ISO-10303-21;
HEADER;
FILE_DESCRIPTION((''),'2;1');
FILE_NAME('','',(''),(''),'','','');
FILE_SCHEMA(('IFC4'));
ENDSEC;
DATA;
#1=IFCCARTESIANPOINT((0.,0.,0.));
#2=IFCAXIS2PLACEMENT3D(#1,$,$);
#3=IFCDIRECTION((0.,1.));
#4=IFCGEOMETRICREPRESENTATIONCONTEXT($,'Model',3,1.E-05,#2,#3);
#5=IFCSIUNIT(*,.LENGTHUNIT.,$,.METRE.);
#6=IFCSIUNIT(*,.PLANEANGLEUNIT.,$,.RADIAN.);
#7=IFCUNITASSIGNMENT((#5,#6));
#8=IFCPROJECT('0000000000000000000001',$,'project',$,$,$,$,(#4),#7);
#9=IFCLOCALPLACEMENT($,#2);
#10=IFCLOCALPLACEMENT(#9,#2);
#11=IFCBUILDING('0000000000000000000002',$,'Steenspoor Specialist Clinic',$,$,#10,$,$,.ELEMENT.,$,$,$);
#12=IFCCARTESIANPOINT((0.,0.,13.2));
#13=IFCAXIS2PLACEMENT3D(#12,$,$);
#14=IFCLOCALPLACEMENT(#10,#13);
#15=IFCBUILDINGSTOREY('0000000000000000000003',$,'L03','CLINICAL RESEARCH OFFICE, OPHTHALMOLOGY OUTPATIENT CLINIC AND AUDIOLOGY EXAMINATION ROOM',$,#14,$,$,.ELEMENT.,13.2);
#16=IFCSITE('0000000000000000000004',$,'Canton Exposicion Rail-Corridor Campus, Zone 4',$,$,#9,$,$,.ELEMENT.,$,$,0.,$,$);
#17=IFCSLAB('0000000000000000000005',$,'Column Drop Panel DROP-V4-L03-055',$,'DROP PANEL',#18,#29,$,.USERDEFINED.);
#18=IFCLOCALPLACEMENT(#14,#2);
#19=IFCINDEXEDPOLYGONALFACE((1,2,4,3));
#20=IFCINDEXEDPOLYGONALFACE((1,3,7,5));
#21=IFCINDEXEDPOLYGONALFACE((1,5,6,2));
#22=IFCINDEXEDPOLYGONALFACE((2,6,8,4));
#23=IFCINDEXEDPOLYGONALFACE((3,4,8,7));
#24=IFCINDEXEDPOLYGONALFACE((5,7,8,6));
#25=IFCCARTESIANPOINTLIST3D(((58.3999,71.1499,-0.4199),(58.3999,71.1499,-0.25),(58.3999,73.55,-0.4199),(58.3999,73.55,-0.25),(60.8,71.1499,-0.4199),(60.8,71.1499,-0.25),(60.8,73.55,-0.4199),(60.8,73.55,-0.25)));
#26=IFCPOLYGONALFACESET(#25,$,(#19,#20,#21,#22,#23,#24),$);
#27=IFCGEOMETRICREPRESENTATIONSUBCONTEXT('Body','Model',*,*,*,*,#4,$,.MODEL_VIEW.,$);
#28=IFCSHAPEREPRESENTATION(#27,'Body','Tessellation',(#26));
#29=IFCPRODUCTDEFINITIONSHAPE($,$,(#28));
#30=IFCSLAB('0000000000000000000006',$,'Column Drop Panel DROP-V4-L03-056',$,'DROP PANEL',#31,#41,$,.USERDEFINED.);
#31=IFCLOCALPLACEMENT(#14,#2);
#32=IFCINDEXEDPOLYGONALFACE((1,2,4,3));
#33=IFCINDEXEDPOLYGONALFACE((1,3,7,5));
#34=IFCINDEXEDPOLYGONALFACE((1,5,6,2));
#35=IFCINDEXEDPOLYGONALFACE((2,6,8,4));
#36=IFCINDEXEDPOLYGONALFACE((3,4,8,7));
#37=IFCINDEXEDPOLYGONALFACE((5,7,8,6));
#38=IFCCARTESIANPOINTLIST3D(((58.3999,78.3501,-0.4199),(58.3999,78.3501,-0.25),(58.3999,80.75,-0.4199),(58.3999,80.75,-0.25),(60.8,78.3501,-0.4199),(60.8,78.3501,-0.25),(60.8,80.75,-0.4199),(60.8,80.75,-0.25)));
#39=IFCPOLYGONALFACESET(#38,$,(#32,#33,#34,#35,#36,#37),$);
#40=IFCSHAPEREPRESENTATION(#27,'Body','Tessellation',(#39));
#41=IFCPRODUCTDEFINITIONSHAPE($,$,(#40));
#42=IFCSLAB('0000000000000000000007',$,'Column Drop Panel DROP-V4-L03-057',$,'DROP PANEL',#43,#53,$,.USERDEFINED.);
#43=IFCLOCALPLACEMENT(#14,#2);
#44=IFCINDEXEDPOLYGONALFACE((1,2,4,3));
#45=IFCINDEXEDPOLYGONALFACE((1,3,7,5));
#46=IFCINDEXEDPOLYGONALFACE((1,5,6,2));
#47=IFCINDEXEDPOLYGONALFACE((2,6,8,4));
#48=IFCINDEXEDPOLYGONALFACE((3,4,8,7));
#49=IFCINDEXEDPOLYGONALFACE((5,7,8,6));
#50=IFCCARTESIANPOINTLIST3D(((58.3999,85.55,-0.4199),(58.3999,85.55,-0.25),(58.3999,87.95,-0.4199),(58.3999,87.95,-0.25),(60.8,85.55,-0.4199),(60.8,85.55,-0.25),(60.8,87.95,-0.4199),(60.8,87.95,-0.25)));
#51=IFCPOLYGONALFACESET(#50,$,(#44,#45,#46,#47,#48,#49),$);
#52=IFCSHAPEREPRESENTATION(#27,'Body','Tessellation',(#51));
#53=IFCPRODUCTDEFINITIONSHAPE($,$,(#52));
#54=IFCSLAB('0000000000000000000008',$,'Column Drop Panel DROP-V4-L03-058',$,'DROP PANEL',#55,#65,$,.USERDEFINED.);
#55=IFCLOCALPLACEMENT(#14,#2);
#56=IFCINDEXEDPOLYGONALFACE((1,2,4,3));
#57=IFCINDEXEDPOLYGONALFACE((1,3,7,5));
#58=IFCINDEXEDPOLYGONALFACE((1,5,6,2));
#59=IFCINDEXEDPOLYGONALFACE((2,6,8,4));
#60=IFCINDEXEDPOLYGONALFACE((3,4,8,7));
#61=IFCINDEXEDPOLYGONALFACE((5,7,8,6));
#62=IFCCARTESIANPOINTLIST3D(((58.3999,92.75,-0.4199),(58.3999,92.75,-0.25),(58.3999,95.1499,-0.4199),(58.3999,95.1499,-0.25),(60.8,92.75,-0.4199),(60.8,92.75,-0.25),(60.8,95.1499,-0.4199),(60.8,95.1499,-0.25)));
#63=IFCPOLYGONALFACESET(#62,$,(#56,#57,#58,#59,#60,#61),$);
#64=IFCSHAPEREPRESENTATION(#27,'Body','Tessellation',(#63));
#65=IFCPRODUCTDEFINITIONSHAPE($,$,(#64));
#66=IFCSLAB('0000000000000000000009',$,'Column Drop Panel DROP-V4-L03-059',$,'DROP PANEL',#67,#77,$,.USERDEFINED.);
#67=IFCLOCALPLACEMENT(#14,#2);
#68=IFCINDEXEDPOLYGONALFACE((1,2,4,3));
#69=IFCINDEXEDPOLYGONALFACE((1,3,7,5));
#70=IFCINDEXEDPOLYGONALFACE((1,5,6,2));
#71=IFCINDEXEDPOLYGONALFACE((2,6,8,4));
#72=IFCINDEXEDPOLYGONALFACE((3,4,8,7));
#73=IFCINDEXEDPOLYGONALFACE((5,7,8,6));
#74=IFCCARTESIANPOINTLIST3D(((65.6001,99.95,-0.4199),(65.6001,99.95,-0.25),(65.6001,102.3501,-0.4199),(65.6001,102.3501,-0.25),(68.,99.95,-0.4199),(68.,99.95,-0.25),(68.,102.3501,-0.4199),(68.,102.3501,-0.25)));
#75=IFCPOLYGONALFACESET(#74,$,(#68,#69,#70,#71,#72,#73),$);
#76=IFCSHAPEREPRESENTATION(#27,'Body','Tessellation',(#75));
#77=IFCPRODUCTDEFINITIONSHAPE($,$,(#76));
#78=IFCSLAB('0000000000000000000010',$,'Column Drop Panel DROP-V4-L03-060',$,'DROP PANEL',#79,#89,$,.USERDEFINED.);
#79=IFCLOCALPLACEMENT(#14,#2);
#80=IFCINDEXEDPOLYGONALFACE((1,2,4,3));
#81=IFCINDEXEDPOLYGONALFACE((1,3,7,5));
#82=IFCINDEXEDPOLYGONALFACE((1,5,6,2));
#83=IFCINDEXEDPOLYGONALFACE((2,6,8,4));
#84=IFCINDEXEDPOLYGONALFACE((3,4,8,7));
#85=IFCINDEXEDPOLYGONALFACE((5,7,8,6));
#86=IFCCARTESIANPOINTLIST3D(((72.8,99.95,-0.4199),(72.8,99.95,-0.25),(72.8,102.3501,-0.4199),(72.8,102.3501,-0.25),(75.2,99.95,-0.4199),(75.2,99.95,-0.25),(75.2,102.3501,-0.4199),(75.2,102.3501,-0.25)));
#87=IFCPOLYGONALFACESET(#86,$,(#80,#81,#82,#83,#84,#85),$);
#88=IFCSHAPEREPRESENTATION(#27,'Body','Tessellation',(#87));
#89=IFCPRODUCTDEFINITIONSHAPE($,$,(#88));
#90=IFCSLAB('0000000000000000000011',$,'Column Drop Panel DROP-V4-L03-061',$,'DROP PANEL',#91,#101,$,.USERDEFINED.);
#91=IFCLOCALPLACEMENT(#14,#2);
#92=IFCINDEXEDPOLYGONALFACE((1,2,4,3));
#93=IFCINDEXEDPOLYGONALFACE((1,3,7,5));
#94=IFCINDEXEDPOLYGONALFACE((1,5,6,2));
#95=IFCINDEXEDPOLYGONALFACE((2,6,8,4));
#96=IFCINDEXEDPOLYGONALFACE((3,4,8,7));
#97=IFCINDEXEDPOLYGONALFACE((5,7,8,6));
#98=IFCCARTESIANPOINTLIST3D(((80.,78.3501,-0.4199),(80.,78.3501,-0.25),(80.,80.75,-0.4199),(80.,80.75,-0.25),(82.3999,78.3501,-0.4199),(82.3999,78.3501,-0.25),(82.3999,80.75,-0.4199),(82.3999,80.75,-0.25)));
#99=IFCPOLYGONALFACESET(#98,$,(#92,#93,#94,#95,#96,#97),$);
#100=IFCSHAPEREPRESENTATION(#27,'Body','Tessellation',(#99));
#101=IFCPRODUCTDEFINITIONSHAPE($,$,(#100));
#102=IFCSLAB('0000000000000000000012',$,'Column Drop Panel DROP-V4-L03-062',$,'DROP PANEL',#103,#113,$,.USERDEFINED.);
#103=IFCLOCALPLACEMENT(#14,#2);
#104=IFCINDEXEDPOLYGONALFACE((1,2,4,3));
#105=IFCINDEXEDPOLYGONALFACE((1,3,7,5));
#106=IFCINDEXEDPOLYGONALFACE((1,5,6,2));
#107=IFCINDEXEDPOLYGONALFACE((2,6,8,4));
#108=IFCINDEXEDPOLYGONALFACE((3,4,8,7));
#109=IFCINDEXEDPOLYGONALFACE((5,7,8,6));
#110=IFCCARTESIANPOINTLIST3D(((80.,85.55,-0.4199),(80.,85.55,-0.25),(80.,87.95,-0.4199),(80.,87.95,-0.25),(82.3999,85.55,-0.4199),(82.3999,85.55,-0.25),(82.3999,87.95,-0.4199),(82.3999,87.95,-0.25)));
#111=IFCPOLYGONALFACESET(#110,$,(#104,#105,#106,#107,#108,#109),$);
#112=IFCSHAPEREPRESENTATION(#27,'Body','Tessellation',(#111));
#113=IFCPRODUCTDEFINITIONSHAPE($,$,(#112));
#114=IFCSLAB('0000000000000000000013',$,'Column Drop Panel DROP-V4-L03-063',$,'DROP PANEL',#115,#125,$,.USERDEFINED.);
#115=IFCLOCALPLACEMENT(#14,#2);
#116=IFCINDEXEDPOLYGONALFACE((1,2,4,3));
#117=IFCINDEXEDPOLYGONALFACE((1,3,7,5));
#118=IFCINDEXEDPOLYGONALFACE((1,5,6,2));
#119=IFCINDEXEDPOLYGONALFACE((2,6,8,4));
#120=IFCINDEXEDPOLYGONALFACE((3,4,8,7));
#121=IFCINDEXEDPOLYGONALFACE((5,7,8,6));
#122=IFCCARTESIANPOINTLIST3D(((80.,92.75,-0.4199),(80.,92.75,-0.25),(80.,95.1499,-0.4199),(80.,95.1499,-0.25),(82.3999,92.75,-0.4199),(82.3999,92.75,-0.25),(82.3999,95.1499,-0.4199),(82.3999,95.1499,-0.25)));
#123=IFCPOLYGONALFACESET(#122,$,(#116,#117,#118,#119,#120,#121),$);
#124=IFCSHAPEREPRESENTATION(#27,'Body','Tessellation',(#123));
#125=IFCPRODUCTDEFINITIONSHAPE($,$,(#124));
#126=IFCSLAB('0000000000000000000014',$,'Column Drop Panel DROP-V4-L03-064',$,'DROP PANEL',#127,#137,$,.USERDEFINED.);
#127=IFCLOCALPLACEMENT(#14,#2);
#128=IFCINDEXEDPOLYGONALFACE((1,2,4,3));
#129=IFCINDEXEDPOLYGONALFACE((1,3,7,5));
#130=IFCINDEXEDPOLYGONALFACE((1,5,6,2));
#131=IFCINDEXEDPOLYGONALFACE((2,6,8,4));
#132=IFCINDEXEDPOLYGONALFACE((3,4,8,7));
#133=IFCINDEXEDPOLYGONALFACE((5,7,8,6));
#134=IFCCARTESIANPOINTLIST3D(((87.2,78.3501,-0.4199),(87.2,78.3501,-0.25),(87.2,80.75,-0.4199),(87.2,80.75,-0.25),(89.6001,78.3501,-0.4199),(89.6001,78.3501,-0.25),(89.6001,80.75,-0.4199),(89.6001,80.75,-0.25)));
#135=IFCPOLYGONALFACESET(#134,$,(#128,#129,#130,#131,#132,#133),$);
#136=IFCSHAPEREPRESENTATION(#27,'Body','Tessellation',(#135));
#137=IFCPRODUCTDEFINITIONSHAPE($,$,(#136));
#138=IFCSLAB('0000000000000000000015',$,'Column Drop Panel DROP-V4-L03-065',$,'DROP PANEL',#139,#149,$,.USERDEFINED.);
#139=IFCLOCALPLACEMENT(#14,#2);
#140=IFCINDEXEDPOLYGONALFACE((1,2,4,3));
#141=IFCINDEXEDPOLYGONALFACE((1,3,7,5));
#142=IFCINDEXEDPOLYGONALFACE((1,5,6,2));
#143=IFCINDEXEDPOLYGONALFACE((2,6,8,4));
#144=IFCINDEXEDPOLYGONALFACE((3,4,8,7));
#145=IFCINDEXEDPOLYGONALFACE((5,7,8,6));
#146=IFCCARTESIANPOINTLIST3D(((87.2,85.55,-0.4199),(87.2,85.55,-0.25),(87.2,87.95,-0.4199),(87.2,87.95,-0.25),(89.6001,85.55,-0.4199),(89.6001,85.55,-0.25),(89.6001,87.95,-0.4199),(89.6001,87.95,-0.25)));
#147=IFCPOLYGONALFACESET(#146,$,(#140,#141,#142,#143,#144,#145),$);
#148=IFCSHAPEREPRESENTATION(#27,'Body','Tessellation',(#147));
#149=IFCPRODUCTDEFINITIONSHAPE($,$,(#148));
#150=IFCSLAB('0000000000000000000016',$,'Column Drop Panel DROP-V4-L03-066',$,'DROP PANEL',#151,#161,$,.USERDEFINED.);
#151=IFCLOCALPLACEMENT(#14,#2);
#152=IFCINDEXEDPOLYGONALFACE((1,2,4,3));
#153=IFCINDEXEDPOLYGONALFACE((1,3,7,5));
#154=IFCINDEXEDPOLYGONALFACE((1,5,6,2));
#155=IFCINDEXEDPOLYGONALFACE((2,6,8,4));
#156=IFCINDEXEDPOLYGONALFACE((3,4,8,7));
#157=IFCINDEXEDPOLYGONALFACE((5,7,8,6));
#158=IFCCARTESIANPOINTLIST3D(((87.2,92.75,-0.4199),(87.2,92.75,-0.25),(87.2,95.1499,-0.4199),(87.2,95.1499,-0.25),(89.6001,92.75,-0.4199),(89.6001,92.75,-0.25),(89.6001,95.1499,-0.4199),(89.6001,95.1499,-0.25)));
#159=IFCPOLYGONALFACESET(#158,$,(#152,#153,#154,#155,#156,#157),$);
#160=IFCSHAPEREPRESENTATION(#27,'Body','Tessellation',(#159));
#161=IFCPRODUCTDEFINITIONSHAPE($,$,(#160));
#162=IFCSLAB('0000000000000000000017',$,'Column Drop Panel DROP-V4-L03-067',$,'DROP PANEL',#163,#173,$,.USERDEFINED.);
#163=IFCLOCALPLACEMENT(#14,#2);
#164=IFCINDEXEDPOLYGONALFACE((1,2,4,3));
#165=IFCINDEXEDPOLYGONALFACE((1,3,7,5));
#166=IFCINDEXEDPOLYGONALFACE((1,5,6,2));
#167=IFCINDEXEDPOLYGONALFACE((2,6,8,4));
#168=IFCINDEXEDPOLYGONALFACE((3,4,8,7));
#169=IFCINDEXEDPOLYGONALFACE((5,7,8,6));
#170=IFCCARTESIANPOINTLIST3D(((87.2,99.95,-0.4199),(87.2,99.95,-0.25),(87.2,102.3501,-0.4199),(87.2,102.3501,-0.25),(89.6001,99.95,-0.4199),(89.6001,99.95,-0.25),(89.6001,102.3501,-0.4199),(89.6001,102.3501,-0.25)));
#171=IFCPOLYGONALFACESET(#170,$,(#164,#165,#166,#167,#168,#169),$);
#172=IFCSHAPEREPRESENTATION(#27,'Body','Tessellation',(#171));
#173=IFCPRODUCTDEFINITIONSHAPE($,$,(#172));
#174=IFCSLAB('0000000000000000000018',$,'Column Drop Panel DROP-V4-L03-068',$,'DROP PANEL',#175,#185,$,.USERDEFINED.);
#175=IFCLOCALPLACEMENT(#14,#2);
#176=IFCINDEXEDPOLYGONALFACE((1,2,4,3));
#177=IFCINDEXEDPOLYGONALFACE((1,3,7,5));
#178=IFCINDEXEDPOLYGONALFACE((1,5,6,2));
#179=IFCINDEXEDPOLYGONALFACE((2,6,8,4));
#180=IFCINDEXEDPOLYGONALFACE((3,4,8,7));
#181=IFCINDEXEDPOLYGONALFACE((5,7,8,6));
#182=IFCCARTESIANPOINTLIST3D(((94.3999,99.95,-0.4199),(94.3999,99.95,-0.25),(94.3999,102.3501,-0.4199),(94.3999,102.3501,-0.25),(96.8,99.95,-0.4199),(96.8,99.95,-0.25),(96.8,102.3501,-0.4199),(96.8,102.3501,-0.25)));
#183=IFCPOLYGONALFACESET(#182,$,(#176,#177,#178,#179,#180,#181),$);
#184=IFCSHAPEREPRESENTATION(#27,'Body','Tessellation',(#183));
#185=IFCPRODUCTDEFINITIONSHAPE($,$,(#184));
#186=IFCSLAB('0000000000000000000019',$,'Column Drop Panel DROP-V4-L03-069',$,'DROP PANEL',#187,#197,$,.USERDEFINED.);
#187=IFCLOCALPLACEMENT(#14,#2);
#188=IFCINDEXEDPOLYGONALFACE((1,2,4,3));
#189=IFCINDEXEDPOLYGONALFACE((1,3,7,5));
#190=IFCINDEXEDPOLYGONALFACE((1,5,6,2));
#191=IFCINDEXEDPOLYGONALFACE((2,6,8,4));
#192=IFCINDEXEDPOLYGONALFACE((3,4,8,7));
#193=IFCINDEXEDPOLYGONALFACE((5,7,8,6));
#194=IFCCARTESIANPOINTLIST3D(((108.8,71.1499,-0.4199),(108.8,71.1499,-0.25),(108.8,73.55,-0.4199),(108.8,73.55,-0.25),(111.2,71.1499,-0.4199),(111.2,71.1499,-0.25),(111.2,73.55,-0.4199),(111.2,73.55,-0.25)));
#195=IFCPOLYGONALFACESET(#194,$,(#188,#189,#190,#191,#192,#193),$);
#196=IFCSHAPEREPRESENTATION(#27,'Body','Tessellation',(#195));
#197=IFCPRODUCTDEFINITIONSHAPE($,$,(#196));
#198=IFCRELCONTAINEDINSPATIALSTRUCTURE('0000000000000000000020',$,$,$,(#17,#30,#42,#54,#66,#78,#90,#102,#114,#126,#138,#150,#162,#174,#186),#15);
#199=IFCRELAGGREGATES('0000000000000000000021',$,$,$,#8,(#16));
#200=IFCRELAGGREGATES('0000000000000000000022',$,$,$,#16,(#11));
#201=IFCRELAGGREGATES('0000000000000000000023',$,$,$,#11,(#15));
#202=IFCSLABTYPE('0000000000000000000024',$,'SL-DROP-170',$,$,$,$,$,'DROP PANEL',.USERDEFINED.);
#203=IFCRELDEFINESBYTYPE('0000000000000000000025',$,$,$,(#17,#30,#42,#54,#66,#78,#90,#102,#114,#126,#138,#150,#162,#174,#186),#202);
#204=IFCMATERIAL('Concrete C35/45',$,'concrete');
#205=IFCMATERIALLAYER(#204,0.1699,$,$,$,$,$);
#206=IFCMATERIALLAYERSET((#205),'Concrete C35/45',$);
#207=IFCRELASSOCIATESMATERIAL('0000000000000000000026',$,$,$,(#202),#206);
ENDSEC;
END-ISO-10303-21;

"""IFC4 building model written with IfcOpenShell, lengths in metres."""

from ifc_helpers import new_model, si_unit, direction, frame, origin, place, context, subcontext, project, spatial, polyline, outline, extrude, material, layer, layer_set, type_object, element, save


model = new_model("IFC4")

# Units and contexts
model_context = context("Model", 3, precision=1e-05, world=origin(), true_north=direction((0.0, 1.0)))
body_context = subcontext(model_context, "Body", "Model", "MODEL_VIEW")
ifc_project = project(units=[si_unit("LENGTHUNIT", "METRE"), si_unit("PLANEANGLEUNIT", "RADIAN")], contexts=[model_context])

# Site, building, storey
site_placement = place(None, origin())
site = spatial("IfcSite", under=ifc_project, at=site_placement, Name="Canton Exposicion Rail-Corridor Campus, Zone 4", CompositionType="ELEMENT", RefElevation=0.0)
building_placement = place(site_placement, origin())
building = spatial("IfcBuilding", under=site, at=building_placement, Name="Steenspoor Specialist Clinic", CompositionType="ELEMENT")
storey_placement = place(building_placement, frame((0.0, 0.0, 13.2)))
storey = spatial("IfcBuildingStorey", under=building, at=storey_placement, Name="L03", Description="CLINICAL RESEARCH OFFICE, OPHTHALMOLOGY OUTPATIENT CLINIC AND AUDIOLOGY EXAMINATION ROOM", CompositionType="ELEMENT", Elevation=13.2)

# Slabs
ifc_material = material(Name="Concrete C35/45", Category="concrete")
ifc_layer = layer(ifc_material, 0.1699)
ifc_layer_set = layer_set([ifc_layer], Name="Concrete C35/45")
slab_type = type_object("IfcSlabType", Name="SL-DROP-170", ElementType="DROP PANEL", PredefinedType="USERDEFINED", material=ifc_layer_set)
slab_1_placement = place(storey_placement, frame((0.0, 0.0, -0.4199)))
element("IfcSlab", 1, at=slab_1_placement, inside=storey, type_object=slab_type, Name="Column Drop Panel DROP-V4-L03-055", ObjectType="DROP PANEL", PredefinedType="USERDEFINED", context=body_context, shape_type="SweptSolid", body=[
    extrude(outline(polyline([(60.8, 71.1499), (60.8, 73.55), (58.3999, 73.55), (58.3999, 71.1499), (60.8, 71.1499)])), origin(), (0.0, 0.0, 1.0), 0.1699),
])
slab_2_placement = place(storey_placement, frame((0.0, 0.0, -0.4199)))
element("IfcSlab", 2, at=slab_2_placement, inside=storey, type_object=slab_type, Name="Column Drop Panel DROP-V4-L03-056", ObjectType="DROP PANEL", PredefinedType="USERDEFINED", context=body_context, shape_type="SweptSolid", body=[
    extrude(outline(polyline([(60.8, 78.3501), (60.8, 80.75), (58.3999, 80.75), (58.3999, 78.3501), (60.8, 78.3501)])), origin(), (0.0, 0.0, 1.0), 0.1699),
])
slab_3_placement = place(storey_placement, frame((0.0, 0.0, -0.4199)))
element("IfcSlab", 3, at=slab_3_placement, inside=storey, type_object=slab_type, Name="Column Drop Panel DROP-V4-L03-057", ObjectType="DROP PANEL", PredefinedType="USERDEFINED", context=body_context, shape_type="SweptSolid", body=[
    extrude(outline(polyline([(60.8, 85.55), (60.8, 87.95), (58.3999, 87.95), (58.3999, 85.55), (60.8, 85.55)])), origin(), (0.0, 0.0, 1.0), 0.1699),
])
slab_4_placement = place(storey_placement, frame((0.0, 0.0, -0.4199)))
element("IfcSlab", 4, at=slab_4_placement, inside=storey, type_object=slab_type, Name="Column Drop Panel DROP-V4-L03-058", ObjectType="DROP PANEL", PredefinedType="USERDEFINED", context=body_context, shape_type="SweptSolid", body=[
    extrude(outline(polyline([(60.8, 92.75), (60.8, 95.1499), (58.3999, 95.1499), (58.3999, 92.75), (60.8, 92.75)])), origin(), (0.0, 0.0, 1.0), 0.1699),
])
slab_5_placement = place(storey_placement, frame((0.0, 0.0, -0.4199)))
element("IfcSlab", 5, at=slab_5_placement, inside=storey, type_object=slab_type, Name="Column Drop Panel DROP-V4-L03-059", ObjectType="DROP PANEL", PredefinedType="USERDEFINED", context=body_context, shape_type="SweptSolid", body=[
    extrude(outline(polyline([(68.0, 99.95), (68.0, 102.3501), (65.6001, 102.3501), (65.6001, 99.95), (68.0, 99.95)])), origin(), (0.0, 0.0, 1.0), 0.1699),
])
slab_6_placement = place(storey_placement, frame((0.0, 0.0, -0.4199)))
element("IfcSlab", 6, at=slab_6_placement, inside=storey, type_object=slab_type, Name="Column Drop Panel DROP-V4-L03-060", ObjectType="DROP PANEL", PredefinedType="USERDEFINED", context=body_context, shape_type="SweptSolid", body=[
    extrude(outline(polyline([(75.2, 99.95), (75.2, 102.3501), (72.8, 102.3501), (72.8, 99.95), (75.2, 99.95)])), origin(), (0.0, 0.0, 1.0), 0.1699),
])
slab_7_placement = place(storey_placement, frame((0.0, 0.0, -0.4199)))
element("IfcSlab", 7, at=slab_7_placement, inside=storey, type_object=slab_type, Name="Column Drop Panel DROP-V4-L03-061", ObjectType="DROP PANEL", PredefinedType="USERDEFINED", context=body_context, shape_type="SweptSolid", body=[
    extrude(outline(polyline([(82.3999, 78.3501), (82.3999, 80.75), (80.0, 80.75), (80.0, 78.3501), (82.3999, 78.3501)])), origin(), (0.0, 0.0, 1.0), 0.1699),
])
slab_8_placement = place(storey_placement, frame((0.0, 0.0, -0.4199)))
element("IfcSlab", 8, at=slab_8_placement, inside=storey, type_object=slab_type, Name="Column Drop Panel DROP-V4-L03-062", ObjectType="DROP PANEL", PredefinedType="USERDEFINED", context=body_context, shape_type="SweptSolid", body=[
    extrude(outline(polyline([(82.3999, 85.55), (82.3999, 87.95), (80.0, 87.95), (80.0, 85.55), (82.3999, 85.55)])), origin(), (0.0, 0.0, 1.0), 0.1699),
])
slab_9_placement = place(storey_placement, frame((0.0, 0.0, -0.4199)))
element("IfcSlab", 9, at=slab_9_placement, inside=storey, type_object=slab_type, Name="Column Drop Panel DROP-V4-L03-063", ObjectType="DROP PANEL", PredefinedType="USERDEFINED", context=body_context, shape_type="SweptSolid", body=[
    extrude(outline(polyline([(82.3999, 92.75), (82.3999, 95.1499), (80.0, 95.1499), (80.0, 92.75), (82.3999, 92.75)])), origin(), (0.0, 0.0, 1.0), 0.1699),
])
slab_10_placement = place(storey_placement, frame((0.0, 0.0, -0.4199)))
element("IfcSlab", 10, at=slab_10_placement, inside=storey, type_object=slab_type, Name="Column Drop Panel DROP-V4-L03-064", ObjectType="DROP PANEL", PredefinedType="USERDEFINED", context=body_context, shape_type="SweptSolid", body=[
    extrude(outline(polyline([(89.6001, 78.3501), (89.6001, 80.75), (87.2, 80.75), (87.2, 78.3501), (89.6001, 78.3501)])), origin(), (0.0, 0.0, 1.0), 0.1699),
])
slab_11_placement = place(storey_placement, frame((0.0, 0.0, -0.4199)))
element("IfcSlab", 11, at=slab_11_placement, inside=storey, type_object=slab_type, Name="Column Drop Panel DROP-V4-L03-065", ObjectType="DROP PANEL", PredefinedType="USERDEFINED", context=body_context, shape_type="SweptSolid", body=[
    extrude(outline(polyline([(89.6001, 85.55), (89.6001, 87.95), (87.2, 87.95), (87.2, 85.55), (89.6001, 85.55)])), origin(), (0.0, 0.0, 1.0), 0.1699),
])
slab_12_placement = place(storey_placement, frame((0.0, 0.0, -0.4199)))
element("IfcSlab", 12, at=slab_12_placement, inside=storey, type_object=slab_type, Name="Column Drop Panel DROP-V4-L03-066", ObjectType="DROP PANEL", PredefinedType="USERDEFINED", context=body_context, shape_type="SweptSolid", body=[
    extrude(outline(polyline([(89.6001, 92.75), (89.6001, 95.1499), (87.2, 95.1499), (87.2, 92.75), (89.6001, 92.75)])), origin(), (0.0, 0.0, 1.0), 0.1699),
])
slab_13_placement = place(storey_placement, frame((0.0, 0.0, -0.4199)))
element("IfcSlab", 13, at=slab_13_placement, inside=storey, type_object=slab_type, Name="Column Drop Panel DROP-V4-L03-067", ObjectType="DROP PANEL", PredefinedType="USERDEFINED", context=body_context, shape_type="SweptSolid", body=[
    extrude(outline(polyline([(89.6001, 99.95), (89.6001, 102.3501), (87.2, 102.3501), (87.2, 99.95), (89.6001, 99.95)])), origin(), (0.0, 0.0, 1.0), 0.1699),
])
slab_14_placement = place(storey_placement, frame((0.0, 0.0, -0.4199)))
element("IfcSlab", 14, at=slab_14_placement, inside=storey, type_object=slab_type, Name="Column Drop Panel DROP-V4-L03-068", ObjectType="DROP PANEL", PredefinedType="USERDEFINED", context=body_context, shape_type="SweptSolid", body=[
    extrude(outline(polyline([(96.8, 99.95), (96.8, 102.3501), (94.3999, 102.3501), (94.3999, 99.95), (96.8, 99.95)])), origin(), (0.0, 0.0, 1.0), 0.1699),
])
slab_15_placement = place(storey_placement, frame((0.0, 0.0, -0.4199)))
element("IfcSlab", 15, at=slab_15_placement, inside=storey, type_object=slab_type, Name="Column Drop Panel DROP-V4-L03-069", ObjectType="DROP PANEL", PredefinedType="USERDEFINED", context=body_context, shape_type="SweptSolid", body=[
    extrude(outline(polyline([(111.2, 71.1499), (111.2, 73.55), (108.8, 73.55), (108.8, 71.1499), (111.2, 71.1499)])), origin(), (0.0, 0.0, 1.0), 0.1699),
])

save(model, "model.ifc")
